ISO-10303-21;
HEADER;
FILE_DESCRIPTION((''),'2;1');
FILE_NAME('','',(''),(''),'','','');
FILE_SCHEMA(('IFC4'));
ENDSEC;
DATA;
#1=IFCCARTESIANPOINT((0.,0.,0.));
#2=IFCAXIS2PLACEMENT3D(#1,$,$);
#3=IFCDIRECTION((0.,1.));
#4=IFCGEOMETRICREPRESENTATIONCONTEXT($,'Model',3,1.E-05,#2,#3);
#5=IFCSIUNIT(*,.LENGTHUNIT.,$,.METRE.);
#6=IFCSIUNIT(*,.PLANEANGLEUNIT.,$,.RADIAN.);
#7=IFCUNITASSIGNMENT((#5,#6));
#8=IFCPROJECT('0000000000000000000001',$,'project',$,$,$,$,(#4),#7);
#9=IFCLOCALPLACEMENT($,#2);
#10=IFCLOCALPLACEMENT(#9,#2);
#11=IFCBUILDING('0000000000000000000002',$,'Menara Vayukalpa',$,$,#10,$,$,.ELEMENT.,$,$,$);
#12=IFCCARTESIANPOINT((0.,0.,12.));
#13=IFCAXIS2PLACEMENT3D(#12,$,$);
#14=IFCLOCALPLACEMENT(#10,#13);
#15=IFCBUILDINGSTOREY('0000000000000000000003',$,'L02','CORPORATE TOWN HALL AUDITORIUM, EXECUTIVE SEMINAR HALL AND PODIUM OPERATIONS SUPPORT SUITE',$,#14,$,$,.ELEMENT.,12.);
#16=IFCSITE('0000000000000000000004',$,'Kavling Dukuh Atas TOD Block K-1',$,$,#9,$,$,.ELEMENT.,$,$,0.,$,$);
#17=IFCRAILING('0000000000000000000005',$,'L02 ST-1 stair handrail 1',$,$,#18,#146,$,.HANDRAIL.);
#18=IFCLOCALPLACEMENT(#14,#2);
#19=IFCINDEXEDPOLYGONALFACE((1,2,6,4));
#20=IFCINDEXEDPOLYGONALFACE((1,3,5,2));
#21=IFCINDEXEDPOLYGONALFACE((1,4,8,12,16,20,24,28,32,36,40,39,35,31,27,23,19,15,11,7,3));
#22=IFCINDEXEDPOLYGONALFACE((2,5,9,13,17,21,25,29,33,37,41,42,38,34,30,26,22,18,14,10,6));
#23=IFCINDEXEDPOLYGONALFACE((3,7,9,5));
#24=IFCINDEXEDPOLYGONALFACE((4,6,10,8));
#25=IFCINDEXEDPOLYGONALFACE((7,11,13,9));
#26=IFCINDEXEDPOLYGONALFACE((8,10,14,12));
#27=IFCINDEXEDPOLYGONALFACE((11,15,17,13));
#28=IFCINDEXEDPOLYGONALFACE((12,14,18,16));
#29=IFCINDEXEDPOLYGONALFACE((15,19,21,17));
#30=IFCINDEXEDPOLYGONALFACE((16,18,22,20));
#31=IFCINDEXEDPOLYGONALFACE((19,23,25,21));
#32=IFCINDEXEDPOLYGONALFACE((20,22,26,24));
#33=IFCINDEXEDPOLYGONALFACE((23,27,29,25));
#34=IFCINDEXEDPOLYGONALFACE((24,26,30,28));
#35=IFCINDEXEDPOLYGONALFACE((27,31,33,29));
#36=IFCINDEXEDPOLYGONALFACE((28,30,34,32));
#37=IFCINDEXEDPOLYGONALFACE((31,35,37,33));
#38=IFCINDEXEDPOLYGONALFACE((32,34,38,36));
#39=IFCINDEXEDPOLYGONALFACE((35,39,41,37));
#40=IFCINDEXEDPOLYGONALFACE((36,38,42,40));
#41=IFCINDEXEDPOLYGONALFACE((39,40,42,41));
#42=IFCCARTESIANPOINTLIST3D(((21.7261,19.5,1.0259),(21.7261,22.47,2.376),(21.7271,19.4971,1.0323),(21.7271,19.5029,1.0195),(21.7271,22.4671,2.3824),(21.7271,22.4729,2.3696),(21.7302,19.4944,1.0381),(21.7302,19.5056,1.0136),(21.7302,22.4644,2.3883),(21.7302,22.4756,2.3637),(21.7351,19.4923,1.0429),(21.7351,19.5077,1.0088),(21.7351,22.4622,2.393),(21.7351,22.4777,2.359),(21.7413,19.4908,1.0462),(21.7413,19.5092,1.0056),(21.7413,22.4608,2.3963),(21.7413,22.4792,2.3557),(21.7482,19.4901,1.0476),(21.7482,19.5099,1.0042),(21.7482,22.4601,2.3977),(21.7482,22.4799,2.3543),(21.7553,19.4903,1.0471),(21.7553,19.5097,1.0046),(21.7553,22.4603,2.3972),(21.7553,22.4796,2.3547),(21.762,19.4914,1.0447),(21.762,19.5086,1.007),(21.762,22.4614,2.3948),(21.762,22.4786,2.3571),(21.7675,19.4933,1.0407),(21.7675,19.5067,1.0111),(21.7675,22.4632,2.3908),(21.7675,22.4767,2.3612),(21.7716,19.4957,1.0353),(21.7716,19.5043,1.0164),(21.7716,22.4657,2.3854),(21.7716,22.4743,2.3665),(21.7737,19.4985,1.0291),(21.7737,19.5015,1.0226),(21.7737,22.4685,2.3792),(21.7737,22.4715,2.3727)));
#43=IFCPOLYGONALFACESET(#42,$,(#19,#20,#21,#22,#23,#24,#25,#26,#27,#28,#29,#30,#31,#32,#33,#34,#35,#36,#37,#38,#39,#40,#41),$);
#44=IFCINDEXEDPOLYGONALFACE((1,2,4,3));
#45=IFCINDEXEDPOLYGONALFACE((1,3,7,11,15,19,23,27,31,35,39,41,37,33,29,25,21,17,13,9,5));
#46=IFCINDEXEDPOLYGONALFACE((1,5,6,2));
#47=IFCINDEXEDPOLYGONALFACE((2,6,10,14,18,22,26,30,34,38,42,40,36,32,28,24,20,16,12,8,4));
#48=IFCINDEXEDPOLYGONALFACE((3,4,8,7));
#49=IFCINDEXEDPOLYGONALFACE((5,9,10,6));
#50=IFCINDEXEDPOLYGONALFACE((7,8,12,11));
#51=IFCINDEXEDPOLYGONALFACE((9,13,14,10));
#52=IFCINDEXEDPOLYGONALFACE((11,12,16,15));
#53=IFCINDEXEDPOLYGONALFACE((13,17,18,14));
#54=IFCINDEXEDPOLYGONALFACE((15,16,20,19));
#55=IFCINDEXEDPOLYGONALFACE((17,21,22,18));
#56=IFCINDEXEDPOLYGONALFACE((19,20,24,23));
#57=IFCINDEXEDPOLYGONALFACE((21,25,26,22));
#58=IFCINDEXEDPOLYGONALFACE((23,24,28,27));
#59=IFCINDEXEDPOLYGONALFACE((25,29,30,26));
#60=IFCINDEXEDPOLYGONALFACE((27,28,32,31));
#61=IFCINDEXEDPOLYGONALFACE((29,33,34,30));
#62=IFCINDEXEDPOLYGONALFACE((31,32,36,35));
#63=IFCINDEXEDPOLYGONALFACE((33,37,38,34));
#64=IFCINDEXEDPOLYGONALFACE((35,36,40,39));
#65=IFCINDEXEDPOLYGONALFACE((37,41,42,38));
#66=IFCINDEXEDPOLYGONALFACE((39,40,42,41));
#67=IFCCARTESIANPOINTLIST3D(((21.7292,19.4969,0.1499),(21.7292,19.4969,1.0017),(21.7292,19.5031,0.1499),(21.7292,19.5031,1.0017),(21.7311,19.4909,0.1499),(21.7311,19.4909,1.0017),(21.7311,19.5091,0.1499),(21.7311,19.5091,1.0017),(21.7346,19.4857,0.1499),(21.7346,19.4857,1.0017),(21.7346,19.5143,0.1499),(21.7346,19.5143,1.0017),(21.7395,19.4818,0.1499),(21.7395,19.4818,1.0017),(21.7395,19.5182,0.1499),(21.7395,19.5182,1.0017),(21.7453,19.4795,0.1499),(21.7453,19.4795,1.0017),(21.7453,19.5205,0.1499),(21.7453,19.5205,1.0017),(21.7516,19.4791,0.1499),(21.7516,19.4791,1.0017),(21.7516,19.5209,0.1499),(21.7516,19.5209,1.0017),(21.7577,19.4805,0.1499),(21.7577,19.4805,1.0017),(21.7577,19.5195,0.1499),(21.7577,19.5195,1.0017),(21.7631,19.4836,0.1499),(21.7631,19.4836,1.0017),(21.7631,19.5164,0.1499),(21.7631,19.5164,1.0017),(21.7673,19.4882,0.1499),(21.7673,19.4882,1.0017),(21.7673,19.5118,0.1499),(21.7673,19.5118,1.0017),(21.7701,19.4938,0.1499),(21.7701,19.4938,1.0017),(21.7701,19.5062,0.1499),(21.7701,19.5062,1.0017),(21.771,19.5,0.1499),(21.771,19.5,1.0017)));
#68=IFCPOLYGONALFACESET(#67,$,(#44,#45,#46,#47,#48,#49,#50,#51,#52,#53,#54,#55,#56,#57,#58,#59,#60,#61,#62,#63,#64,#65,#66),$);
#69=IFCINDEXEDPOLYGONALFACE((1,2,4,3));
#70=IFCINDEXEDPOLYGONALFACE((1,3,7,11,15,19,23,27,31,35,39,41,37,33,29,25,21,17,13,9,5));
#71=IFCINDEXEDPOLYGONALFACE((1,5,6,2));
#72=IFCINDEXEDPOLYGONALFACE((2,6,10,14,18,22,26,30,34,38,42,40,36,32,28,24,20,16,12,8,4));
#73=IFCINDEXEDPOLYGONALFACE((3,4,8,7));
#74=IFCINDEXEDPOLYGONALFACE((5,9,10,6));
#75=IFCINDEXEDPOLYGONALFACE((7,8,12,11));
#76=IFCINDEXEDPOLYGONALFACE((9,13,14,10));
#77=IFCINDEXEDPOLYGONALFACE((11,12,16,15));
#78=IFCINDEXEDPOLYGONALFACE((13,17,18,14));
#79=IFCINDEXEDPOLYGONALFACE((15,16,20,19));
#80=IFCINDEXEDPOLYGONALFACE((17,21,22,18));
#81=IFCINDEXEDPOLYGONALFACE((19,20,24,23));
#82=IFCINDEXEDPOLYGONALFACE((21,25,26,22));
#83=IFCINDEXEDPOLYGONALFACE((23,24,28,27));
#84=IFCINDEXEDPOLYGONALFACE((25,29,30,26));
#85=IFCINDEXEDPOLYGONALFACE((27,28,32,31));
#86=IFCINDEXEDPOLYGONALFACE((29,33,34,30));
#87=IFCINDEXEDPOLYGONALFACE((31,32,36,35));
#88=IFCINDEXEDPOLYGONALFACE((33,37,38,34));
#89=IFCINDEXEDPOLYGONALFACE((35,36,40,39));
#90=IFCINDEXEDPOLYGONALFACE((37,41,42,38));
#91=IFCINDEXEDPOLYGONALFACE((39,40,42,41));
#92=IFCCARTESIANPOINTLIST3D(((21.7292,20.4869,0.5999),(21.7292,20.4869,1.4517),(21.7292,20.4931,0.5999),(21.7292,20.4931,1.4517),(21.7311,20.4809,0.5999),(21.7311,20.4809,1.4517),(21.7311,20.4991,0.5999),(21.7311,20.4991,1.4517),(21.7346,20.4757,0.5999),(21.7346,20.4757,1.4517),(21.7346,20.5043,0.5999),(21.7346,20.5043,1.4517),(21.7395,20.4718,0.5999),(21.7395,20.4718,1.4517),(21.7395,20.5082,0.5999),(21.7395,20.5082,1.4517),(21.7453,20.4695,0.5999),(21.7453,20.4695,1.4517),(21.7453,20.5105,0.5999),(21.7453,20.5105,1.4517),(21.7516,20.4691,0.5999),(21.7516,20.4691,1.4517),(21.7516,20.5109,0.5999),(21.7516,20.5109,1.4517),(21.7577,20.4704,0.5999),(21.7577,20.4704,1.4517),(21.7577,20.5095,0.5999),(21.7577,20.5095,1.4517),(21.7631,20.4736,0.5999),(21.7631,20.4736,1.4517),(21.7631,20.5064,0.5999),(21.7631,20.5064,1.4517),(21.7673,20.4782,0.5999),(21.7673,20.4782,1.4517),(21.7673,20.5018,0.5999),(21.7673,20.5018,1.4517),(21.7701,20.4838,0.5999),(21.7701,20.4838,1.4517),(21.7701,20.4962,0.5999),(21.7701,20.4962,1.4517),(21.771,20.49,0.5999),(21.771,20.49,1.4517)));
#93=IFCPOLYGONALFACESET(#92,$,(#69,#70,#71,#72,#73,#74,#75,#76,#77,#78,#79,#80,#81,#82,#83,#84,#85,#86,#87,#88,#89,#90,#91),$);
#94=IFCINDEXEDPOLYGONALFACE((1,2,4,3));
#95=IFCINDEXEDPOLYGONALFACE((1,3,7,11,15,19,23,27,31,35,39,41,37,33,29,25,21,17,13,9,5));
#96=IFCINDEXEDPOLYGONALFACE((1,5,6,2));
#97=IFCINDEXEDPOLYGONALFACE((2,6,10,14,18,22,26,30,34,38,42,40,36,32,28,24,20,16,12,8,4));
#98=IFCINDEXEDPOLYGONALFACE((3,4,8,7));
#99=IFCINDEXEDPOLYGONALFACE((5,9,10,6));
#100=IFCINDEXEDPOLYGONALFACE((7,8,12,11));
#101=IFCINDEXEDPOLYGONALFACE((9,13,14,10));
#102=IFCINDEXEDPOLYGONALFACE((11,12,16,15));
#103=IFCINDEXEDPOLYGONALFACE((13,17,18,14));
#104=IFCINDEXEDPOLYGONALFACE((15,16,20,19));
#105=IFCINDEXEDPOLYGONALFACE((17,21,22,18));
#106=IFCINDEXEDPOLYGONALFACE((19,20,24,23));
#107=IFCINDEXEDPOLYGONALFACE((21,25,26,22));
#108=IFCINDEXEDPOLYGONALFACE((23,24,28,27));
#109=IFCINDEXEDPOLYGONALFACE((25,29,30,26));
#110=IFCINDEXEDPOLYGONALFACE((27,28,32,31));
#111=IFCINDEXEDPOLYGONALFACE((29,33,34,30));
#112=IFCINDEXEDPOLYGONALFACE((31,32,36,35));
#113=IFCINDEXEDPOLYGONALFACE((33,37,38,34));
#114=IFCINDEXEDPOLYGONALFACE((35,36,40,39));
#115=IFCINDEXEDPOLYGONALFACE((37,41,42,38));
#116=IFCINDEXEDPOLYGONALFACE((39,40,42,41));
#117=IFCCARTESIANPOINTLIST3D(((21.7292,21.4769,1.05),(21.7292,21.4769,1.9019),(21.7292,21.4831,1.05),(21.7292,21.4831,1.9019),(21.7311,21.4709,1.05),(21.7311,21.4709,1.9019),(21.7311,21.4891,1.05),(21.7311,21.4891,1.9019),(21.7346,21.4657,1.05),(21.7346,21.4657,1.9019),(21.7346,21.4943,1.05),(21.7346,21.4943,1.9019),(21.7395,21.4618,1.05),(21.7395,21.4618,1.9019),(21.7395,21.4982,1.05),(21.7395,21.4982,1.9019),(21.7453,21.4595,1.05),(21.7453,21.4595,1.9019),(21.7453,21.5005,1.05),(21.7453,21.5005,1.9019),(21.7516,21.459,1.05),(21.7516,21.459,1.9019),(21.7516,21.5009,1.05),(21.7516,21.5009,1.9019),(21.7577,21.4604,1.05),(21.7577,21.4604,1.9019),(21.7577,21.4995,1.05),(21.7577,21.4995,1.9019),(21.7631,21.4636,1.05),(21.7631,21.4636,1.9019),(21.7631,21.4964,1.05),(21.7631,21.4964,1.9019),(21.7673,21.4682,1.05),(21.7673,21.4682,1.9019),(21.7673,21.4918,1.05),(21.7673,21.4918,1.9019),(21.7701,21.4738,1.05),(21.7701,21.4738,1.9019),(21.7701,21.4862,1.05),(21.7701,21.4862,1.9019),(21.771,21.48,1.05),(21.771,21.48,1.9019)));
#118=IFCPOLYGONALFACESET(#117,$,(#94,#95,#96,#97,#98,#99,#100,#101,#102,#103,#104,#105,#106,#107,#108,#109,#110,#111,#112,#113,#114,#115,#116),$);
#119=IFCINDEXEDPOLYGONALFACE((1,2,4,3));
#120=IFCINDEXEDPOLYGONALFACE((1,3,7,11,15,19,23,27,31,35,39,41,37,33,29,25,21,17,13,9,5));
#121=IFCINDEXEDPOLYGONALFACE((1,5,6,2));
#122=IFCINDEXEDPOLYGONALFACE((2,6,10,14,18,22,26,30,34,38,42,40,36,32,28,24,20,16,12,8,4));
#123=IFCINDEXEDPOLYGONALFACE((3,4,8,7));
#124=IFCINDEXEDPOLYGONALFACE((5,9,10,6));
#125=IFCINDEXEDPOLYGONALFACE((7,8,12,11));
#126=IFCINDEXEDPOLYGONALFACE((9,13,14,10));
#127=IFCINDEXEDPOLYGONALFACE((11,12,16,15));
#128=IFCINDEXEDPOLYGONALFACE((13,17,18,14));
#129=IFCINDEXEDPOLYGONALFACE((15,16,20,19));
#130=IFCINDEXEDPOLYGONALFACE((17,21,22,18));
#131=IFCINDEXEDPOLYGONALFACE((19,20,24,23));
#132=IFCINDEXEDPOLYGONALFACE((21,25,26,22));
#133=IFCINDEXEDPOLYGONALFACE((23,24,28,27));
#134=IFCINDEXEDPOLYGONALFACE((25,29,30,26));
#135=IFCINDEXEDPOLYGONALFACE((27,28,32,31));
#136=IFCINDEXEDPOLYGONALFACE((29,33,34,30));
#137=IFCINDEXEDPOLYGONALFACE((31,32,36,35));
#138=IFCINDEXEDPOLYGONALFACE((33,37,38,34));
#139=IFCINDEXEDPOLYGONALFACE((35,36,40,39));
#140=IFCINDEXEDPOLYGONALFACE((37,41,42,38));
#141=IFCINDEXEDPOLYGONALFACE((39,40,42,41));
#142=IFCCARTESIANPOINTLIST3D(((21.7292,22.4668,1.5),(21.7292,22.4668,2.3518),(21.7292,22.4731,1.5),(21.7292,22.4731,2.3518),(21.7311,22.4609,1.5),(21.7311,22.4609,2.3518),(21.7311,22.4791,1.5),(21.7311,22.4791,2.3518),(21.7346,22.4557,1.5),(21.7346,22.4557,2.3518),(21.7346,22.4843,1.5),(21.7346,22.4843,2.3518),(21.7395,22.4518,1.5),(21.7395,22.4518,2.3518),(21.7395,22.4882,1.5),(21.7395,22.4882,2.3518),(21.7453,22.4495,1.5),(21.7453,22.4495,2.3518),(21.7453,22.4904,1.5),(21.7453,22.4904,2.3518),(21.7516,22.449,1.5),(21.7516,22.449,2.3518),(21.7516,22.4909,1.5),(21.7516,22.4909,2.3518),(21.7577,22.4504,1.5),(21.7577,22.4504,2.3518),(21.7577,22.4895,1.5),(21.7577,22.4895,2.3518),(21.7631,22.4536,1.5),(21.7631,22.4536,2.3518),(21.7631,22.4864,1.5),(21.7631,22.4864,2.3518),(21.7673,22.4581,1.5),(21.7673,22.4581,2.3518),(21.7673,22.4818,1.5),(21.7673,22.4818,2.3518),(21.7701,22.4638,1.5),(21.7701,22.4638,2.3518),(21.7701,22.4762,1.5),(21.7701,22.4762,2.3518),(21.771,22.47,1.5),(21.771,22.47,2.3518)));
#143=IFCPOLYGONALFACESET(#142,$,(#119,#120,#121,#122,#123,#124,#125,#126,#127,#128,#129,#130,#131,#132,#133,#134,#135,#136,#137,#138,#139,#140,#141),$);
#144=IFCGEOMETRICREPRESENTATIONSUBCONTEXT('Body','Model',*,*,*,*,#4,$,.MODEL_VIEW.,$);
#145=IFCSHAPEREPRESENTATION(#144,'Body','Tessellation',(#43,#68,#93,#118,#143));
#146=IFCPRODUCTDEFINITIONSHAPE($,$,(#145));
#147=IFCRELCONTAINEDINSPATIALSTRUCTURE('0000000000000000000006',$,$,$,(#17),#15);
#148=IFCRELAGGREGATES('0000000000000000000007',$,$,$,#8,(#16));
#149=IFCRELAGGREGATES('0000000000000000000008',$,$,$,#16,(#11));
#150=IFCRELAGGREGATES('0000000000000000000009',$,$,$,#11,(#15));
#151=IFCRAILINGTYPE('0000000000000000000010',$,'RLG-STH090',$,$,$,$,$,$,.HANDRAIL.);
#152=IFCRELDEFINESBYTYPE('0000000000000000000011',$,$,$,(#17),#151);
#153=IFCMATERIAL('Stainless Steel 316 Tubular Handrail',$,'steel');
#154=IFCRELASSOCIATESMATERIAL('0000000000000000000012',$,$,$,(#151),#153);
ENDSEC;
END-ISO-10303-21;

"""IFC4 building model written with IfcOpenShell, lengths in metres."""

from ifc_helpers import new_model, si_unit, direction, frame, origin, origin_2d, place, context, subcontext, project, spatial, circle, extrude, material, type_object, element, save


model = new_model("IFC4")

# Units and contexts
model_context = context("Model", 3, precision=1e-05, world=origin(), true_north=direction((0.0, 1.0)))
body_context = subcontext(model_context, "Body", "Model", "MODEL_VIEW")
ifc_project = project(units=[si_unit("LENGTHUNIT", "METRE"), si_unit("PLANEANGLEUNIT", "RADIAN")], contexts=[model_context])

# Site, building, storey
site_placement = place(None, origin())
site = spatial("IfcSite", under=ifc_project, at=site_placement, Name="Kavling Dukuh Atas TOD Block K-1", CompositionType="ELEMENT", RefElevation=0.0)
building_placement = place(site_placement, origin())
building = spatial("IfcBuilding", under=site, at=building_placement, Name="Menara Vayukalpa", CompositionType="ELEMENT")
storey_placement = place(building_placement, frame((0.0, 0.0, 12.0)))
storey = spatial("IfcBuildingStorey", under=building, at=storey_placement, Name="L02", Description="CORPORATE TOWN HALL AUDITORIUM, EXECUTIVE SEMINAR HALL AND PODIUM OPERATIONS SUPPORT SUITE", CompositionType="ELEMENT", Elevation=12.0)

# Railing
ifc_material_1 = material(Name="Stainless Steel 316 Tubular Handrail", Category="steel")
railing_type_1 = type_object("IfcRailingType", Name="RLG-STH090", PredefinedType="HANDRAIL", material=ifc_material_1)
for number, where, name in (
    (1, (21.75, 19.5, 0.1499), "L02 ST-1 stair handrail 1"),
):
    element("IfcRailing", number, at=place(storey_placement, frame(where)), inside=storey, type_object=railing_type_1, Name=name, PredefinedType="HANDRAIL", context=body_context, shape_type="SweptSolid", body=[
        extrude(circle(Radius=0.0239, at=origin_2d()), frame((0.0, 0.0, 0.876), z_axis=(0.0, 0.910354, 0.413831), x_axis=(-1.0, 0.0, 0.0)), (0.0, 0.0, 1.0), 3.2625),
        extrude(circle(Radius=0.021, at=origin_2d()), origin(), (0.0, 0.0, 1.0), 0.8518),
        extrude(circle(Radius=0.021, at=origin_2d()), frame((0.0, 0.99, 0.45)), (0.0, 0.0, 1.0), 0.8518),
        extrude(circle(Radius=0.021, at=origin_2d()), frame((0.0, 1.98, 0.9001)), (0.0, 0.0, 1.0), 0.8518),
        extrude(circle(Radius=0.021, at=origin_2d()), frame((0.0, 2.97, 1.3501)), (0.0, 0.0, 1.0), 0.8518),
    ])

save(model, "model.ifc")
